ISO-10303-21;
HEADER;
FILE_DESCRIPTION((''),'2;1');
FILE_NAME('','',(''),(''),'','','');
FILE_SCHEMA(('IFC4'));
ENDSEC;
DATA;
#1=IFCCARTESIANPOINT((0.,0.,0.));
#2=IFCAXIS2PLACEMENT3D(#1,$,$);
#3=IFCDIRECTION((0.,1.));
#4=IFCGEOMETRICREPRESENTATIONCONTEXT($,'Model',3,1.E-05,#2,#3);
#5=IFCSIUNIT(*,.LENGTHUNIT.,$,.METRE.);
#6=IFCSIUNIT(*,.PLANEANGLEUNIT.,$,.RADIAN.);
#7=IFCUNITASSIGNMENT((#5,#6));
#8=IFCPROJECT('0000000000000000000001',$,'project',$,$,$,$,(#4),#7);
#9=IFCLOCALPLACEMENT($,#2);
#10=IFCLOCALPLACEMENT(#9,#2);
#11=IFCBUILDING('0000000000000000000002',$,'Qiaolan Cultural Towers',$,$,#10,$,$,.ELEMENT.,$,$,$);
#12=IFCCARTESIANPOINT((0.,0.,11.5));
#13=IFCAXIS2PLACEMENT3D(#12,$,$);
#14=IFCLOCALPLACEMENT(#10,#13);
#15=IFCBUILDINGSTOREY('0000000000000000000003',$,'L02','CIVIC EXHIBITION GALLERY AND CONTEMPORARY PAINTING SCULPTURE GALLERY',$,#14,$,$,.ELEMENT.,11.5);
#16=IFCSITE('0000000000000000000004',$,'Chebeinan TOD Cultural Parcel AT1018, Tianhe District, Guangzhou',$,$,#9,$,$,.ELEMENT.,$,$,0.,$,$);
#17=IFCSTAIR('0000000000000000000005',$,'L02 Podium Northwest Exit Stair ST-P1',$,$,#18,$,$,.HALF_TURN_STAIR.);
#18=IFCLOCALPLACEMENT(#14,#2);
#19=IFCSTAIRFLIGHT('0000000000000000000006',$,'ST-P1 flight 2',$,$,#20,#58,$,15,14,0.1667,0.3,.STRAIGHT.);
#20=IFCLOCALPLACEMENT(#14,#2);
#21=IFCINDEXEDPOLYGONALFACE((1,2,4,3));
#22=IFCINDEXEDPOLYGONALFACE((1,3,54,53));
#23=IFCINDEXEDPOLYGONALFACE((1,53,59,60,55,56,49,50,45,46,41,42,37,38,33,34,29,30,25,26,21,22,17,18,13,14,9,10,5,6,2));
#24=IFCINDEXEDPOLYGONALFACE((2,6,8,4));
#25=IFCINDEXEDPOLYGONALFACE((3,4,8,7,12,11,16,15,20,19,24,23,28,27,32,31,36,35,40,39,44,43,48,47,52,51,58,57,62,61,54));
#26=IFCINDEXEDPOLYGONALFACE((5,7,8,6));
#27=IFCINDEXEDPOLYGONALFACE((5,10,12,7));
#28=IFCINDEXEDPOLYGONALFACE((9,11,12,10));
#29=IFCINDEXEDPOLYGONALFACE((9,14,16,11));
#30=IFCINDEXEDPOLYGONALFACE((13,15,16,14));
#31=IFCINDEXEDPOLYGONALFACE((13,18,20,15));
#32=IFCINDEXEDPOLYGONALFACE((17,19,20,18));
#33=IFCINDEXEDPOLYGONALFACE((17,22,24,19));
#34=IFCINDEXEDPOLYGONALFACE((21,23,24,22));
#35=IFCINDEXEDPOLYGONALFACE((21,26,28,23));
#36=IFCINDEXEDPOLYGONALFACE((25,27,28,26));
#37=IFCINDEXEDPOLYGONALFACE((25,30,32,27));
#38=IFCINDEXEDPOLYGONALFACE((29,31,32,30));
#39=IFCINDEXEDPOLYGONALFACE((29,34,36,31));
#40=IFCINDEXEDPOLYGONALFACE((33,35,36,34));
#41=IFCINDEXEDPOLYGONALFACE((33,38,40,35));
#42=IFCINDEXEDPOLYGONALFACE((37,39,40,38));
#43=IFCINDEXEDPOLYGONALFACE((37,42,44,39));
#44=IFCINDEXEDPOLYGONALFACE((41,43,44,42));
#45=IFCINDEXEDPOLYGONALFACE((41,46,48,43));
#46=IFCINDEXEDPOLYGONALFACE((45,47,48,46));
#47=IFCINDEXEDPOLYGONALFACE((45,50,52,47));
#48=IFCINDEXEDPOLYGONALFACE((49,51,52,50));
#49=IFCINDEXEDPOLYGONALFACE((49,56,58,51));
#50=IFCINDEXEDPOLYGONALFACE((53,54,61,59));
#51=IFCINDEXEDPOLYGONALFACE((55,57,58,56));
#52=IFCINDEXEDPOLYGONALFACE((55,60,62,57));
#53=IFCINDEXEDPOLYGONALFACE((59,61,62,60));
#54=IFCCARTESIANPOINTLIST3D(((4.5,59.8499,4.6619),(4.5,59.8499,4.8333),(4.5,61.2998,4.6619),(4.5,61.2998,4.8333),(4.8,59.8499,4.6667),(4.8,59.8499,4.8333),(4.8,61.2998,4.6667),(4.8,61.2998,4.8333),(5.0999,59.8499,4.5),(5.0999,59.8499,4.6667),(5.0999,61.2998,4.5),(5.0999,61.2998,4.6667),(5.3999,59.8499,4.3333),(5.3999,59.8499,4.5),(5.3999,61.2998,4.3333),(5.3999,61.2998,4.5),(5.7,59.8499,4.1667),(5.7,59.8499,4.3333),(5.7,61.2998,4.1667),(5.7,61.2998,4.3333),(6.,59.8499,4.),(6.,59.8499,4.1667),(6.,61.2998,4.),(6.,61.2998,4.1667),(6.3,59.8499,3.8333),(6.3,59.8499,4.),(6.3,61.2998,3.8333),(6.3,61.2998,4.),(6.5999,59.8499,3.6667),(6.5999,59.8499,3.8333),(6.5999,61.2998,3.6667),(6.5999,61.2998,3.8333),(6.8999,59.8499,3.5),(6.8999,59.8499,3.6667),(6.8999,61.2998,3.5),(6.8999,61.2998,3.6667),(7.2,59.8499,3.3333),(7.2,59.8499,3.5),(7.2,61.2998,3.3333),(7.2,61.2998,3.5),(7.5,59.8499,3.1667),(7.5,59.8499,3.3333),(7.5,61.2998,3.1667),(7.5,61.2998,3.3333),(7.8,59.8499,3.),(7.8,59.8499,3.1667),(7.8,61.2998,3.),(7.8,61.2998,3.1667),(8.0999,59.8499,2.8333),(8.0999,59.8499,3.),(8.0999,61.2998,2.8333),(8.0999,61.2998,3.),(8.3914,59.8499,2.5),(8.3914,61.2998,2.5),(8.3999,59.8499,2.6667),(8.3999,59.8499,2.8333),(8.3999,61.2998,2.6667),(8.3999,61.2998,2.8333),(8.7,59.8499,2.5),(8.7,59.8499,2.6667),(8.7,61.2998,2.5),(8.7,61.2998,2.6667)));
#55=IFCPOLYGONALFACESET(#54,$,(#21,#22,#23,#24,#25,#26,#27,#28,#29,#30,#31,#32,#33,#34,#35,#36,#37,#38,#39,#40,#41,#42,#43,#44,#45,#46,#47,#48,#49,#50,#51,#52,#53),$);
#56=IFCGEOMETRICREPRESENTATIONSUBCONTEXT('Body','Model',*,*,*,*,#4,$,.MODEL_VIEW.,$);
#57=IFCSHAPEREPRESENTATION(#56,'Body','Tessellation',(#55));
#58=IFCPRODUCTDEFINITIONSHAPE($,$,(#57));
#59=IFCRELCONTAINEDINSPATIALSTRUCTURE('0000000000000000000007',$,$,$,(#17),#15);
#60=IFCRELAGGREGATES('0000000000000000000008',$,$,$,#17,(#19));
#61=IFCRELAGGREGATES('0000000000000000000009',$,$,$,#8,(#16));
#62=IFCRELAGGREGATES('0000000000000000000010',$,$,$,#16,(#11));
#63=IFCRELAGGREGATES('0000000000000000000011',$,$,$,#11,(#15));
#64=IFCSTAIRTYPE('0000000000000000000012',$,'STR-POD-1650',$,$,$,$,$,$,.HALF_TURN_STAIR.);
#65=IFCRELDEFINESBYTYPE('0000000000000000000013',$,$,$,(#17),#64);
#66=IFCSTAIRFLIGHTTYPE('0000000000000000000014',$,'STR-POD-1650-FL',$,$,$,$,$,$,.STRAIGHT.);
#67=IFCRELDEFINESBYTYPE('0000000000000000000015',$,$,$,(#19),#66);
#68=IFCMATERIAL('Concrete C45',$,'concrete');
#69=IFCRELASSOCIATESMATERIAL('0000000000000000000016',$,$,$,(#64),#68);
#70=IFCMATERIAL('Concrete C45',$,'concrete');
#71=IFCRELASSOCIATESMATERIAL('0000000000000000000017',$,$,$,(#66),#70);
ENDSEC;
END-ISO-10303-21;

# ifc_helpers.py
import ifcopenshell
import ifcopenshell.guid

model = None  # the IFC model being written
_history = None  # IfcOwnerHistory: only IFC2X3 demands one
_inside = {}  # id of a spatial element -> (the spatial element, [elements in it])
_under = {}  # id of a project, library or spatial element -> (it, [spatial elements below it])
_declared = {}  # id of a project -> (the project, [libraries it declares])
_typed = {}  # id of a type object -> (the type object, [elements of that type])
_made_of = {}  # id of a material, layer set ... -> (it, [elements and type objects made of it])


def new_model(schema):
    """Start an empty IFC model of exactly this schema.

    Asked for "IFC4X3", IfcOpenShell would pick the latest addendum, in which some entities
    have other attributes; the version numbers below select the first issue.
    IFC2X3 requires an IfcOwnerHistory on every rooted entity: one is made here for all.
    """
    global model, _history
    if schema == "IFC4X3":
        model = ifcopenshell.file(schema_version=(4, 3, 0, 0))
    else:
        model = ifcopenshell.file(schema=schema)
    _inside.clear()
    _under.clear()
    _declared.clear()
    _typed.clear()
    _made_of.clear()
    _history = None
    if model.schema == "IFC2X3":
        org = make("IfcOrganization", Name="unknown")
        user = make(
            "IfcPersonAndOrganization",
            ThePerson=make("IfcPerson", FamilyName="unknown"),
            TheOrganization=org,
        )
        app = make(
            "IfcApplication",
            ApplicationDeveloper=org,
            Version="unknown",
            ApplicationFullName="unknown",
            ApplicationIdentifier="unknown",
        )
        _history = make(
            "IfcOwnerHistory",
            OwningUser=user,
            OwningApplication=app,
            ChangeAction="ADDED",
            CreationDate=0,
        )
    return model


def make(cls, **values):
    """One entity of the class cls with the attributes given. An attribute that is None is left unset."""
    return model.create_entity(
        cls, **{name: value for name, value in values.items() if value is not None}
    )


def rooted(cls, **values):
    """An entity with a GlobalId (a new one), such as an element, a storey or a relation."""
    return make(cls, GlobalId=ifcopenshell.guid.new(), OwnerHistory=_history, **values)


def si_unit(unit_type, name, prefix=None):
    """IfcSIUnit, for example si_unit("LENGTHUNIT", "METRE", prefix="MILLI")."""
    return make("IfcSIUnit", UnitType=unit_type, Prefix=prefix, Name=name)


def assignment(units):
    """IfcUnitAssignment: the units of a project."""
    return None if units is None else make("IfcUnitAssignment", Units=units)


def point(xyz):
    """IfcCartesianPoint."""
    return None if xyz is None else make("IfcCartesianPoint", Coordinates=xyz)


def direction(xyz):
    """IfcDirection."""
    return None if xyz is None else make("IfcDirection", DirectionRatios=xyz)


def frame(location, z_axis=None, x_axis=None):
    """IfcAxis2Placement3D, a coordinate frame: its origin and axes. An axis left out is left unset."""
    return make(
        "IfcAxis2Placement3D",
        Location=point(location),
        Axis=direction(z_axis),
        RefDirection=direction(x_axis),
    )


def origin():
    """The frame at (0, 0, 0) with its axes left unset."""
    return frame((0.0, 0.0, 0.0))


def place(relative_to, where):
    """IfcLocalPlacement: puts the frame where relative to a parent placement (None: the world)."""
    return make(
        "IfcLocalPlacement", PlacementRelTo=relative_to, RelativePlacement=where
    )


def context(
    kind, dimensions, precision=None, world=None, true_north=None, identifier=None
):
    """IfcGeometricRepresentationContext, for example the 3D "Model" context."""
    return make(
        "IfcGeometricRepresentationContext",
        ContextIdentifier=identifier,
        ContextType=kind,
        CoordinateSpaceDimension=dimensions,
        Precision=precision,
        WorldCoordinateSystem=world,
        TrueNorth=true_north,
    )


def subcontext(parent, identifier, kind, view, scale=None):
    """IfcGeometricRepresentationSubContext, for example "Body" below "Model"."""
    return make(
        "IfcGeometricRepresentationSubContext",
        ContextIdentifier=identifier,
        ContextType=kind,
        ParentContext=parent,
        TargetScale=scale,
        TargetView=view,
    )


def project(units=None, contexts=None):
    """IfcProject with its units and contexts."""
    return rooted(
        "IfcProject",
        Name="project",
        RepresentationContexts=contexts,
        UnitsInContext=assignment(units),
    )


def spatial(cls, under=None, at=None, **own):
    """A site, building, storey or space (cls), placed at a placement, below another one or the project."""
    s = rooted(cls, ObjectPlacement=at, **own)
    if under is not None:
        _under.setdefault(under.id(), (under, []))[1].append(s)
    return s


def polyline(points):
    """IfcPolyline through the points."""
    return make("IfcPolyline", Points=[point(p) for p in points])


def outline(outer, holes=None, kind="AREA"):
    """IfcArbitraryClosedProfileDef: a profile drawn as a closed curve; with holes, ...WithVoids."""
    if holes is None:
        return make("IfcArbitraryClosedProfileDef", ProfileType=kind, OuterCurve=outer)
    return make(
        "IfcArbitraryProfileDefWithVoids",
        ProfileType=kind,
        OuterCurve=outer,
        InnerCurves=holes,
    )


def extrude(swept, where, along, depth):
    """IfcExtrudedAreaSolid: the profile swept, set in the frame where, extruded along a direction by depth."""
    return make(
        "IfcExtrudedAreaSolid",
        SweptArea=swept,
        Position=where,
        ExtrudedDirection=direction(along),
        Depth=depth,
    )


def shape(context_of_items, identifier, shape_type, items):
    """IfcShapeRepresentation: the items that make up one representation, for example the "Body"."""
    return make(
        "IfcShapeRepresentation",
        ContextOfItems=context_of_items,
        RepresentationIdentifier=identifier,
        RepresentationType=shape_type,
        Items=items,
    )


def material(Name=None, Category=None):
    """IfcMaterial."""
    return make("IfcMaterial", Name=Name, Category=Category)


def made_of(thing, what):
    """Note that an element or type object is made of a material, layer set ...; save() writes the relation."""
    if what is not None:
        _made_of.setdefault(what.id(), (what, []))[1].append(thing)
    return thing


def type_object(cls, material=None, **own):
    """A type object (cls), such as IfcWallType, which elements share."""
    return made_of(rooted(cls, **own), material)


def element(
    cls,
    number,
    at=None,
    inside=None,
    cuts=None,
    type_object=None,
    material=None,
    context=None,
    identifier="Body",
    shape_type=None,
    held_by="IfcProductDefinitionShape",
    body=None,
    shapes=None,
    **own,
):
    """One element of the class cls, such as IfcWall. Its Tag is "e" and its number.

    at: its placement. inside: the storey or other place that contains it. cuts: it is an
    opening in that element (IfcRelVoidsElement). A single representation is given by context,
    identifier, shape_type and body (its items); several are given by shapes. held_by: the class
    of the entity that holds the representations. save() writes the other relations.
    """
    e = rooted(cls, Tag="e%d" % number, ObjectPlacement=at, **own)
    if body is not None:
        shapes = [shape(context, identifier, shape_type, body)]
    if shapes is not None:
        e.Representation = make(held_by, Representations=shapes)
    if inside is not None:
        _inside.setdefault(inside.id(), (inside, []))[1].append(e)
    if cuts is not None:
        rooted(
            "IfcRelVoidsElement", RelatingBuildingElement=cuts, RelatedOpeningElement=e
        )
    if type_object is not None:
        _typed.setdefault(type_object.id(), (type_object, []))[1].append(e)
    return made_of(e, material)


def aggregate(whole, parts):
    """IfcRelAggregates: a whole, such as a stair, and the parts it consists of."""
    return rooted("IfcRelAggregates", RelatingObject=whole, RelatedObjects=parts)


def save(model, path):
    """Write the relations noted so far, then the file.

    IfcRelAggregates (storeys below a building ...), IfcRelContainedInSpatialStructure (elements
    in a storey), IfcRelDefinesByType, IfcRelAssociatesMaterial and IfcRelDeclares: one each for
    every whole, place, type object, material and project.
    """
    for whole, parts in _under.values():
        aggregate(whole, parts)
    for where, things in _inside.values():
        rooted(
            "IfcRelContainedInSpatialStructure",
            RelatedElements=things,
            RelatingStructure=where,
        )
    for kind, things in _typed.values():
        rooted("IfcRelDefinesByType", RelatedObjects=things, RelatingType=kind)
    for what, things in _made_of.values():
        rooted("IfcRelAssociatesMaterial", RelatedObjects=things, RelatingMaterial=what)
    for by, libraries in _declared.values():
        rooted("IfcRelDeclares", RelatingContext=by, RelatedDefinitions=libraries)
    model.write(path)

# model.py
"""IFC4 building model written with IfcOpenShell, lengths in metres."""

from ifc_helpers import new_model, si_unit, direction, frame, origin, place, context, subcontext, project, spatial, polyline, outline, extrude, material, type_object, element, aggregate, save


model = new_model("IFC4")

# Units and contexts
model_context = context("Model", 3, precision=1e-05, world=origin(), true_north=direction((0.0, 1.0)))
body_context = subcontext(model_context, "Body", "Model", "MODEL_VIEW")
ifc_project = project(units=[si_unit("LENGTHUNIT", "METRE"), si_unit("PLANEANGLEUNIT", "RADIAN")], contexts=[model_context])

# Site, building, storey
site_placement = place(None, origin())
site = spatial("IfcSite", under=ifc_project, at=site_placement, Name="Chebeinan TOD Cultural Parcel AT1018, Tianhe District, Guangzhou", CompositionType="ELEMENT", RefElevation=0.0)
building_placement = place(site_placement, origin())
building = spatial("IfcBuilding", under=site, at=building_placement, Name="Qiaolan Cultural Towers", CompositionType="ELEMENT")
storey_placement = place(building_placement, frame((0.0, 0.0, 11.5)))
storey = spatial("IfcBuildingStorey", under=building, at=storey_placement, Name="L02", Description="CIVIC EXHIBITION GALLERY AND CONTEMPORARY PAINTING SCULPTURE GALLERY", CompositionType="ELEMENT", Elevation=11.5)

# Stair, stair flight
ifc_material_1 = material(Name="Concrete C45", Category="concrete")
stair_type = type_object("IfcStairType", Name="STR-POD-1650", PredefinedType="HALF_TURN_STAIR", material=ifc_material_1)
stair_placement = place(storey_placement, origin())
stair = element("IfcStair", 1, at=stair_placement, inside=storey, type_object=stair_type, Name="L02 Podium Northwest Exit Stair ST-P1", PredefinedType="HALF_TURN_STAIR")
ifc_material_2 = material(Name="Concrete C45", Category="concrete")
stair_flight_type = type_object("IfcStairFlightType", Name="STR-POD-1650-FL", PredefinedType="STRAIGHT", material=ifc_material_2)
stair_flight_1_placement = place(storey_placement, frame((8.7, 60.575, 2.5), z_axis=(0.0, 0.0, 1.0), x_axis=(-1.0, 0.0, 0.0)))
stair_flight_1 = element("IfcStairFlight", 2, at=stair_flight_1_placement, type_object=stair_flight_type, Name="ST-P1 flight 2", NumberOfRisers=15, NumberOfTreads=14, PredefinedType="STRAIGHT", RiserHeight=0.1667, TreadLength=0.3, context=body_context, shape_type="SweptSolid", body=[
    extrude(outline(polyline([(0.0, 0.0), (0.0, 0.1667), (0.3, 0.1667), (0.3, 0.3333), (0.6001, 0.3333), (0.6001, 0.5), (0.8999, 0.5), (0.8999, 0.6667), (1.2, 0.6667), (1.2, 0.8333), (1.5, 0.8333), (1.5, 1.0), (1.8, 1.0), (1.8, 1.1667), (2.1001, 1.1667), (2.1001, 1.3333), (2.3999, 1.3333), (2.3999, 1.5), (2.7, 1.5), (2.7, 1.6667), (3.0, 1.6667), (3.0, 1.8333), (3.3, 1.8333), (3.3, 2.0), (3.6001, 2.0), (3.6001, 2.1667), (3.8999, 2.1667), (3.8999, 2.3333), (4.2, 2.3333), (4.2, 2.5), (4.2, 2.1619), (0.3086, 0.0), (0.0, 0.0)])), frame((0.0, 0.7251, 0.0), z_axis=(0.0, -1.0, 0.0), x_axis=(1.0, 0.0, 0.0)), (0.0, 0.0, 1.0), 1.45),
])
aggregate(stair, [stair_flight_1])

save(model, "model.ifc")
